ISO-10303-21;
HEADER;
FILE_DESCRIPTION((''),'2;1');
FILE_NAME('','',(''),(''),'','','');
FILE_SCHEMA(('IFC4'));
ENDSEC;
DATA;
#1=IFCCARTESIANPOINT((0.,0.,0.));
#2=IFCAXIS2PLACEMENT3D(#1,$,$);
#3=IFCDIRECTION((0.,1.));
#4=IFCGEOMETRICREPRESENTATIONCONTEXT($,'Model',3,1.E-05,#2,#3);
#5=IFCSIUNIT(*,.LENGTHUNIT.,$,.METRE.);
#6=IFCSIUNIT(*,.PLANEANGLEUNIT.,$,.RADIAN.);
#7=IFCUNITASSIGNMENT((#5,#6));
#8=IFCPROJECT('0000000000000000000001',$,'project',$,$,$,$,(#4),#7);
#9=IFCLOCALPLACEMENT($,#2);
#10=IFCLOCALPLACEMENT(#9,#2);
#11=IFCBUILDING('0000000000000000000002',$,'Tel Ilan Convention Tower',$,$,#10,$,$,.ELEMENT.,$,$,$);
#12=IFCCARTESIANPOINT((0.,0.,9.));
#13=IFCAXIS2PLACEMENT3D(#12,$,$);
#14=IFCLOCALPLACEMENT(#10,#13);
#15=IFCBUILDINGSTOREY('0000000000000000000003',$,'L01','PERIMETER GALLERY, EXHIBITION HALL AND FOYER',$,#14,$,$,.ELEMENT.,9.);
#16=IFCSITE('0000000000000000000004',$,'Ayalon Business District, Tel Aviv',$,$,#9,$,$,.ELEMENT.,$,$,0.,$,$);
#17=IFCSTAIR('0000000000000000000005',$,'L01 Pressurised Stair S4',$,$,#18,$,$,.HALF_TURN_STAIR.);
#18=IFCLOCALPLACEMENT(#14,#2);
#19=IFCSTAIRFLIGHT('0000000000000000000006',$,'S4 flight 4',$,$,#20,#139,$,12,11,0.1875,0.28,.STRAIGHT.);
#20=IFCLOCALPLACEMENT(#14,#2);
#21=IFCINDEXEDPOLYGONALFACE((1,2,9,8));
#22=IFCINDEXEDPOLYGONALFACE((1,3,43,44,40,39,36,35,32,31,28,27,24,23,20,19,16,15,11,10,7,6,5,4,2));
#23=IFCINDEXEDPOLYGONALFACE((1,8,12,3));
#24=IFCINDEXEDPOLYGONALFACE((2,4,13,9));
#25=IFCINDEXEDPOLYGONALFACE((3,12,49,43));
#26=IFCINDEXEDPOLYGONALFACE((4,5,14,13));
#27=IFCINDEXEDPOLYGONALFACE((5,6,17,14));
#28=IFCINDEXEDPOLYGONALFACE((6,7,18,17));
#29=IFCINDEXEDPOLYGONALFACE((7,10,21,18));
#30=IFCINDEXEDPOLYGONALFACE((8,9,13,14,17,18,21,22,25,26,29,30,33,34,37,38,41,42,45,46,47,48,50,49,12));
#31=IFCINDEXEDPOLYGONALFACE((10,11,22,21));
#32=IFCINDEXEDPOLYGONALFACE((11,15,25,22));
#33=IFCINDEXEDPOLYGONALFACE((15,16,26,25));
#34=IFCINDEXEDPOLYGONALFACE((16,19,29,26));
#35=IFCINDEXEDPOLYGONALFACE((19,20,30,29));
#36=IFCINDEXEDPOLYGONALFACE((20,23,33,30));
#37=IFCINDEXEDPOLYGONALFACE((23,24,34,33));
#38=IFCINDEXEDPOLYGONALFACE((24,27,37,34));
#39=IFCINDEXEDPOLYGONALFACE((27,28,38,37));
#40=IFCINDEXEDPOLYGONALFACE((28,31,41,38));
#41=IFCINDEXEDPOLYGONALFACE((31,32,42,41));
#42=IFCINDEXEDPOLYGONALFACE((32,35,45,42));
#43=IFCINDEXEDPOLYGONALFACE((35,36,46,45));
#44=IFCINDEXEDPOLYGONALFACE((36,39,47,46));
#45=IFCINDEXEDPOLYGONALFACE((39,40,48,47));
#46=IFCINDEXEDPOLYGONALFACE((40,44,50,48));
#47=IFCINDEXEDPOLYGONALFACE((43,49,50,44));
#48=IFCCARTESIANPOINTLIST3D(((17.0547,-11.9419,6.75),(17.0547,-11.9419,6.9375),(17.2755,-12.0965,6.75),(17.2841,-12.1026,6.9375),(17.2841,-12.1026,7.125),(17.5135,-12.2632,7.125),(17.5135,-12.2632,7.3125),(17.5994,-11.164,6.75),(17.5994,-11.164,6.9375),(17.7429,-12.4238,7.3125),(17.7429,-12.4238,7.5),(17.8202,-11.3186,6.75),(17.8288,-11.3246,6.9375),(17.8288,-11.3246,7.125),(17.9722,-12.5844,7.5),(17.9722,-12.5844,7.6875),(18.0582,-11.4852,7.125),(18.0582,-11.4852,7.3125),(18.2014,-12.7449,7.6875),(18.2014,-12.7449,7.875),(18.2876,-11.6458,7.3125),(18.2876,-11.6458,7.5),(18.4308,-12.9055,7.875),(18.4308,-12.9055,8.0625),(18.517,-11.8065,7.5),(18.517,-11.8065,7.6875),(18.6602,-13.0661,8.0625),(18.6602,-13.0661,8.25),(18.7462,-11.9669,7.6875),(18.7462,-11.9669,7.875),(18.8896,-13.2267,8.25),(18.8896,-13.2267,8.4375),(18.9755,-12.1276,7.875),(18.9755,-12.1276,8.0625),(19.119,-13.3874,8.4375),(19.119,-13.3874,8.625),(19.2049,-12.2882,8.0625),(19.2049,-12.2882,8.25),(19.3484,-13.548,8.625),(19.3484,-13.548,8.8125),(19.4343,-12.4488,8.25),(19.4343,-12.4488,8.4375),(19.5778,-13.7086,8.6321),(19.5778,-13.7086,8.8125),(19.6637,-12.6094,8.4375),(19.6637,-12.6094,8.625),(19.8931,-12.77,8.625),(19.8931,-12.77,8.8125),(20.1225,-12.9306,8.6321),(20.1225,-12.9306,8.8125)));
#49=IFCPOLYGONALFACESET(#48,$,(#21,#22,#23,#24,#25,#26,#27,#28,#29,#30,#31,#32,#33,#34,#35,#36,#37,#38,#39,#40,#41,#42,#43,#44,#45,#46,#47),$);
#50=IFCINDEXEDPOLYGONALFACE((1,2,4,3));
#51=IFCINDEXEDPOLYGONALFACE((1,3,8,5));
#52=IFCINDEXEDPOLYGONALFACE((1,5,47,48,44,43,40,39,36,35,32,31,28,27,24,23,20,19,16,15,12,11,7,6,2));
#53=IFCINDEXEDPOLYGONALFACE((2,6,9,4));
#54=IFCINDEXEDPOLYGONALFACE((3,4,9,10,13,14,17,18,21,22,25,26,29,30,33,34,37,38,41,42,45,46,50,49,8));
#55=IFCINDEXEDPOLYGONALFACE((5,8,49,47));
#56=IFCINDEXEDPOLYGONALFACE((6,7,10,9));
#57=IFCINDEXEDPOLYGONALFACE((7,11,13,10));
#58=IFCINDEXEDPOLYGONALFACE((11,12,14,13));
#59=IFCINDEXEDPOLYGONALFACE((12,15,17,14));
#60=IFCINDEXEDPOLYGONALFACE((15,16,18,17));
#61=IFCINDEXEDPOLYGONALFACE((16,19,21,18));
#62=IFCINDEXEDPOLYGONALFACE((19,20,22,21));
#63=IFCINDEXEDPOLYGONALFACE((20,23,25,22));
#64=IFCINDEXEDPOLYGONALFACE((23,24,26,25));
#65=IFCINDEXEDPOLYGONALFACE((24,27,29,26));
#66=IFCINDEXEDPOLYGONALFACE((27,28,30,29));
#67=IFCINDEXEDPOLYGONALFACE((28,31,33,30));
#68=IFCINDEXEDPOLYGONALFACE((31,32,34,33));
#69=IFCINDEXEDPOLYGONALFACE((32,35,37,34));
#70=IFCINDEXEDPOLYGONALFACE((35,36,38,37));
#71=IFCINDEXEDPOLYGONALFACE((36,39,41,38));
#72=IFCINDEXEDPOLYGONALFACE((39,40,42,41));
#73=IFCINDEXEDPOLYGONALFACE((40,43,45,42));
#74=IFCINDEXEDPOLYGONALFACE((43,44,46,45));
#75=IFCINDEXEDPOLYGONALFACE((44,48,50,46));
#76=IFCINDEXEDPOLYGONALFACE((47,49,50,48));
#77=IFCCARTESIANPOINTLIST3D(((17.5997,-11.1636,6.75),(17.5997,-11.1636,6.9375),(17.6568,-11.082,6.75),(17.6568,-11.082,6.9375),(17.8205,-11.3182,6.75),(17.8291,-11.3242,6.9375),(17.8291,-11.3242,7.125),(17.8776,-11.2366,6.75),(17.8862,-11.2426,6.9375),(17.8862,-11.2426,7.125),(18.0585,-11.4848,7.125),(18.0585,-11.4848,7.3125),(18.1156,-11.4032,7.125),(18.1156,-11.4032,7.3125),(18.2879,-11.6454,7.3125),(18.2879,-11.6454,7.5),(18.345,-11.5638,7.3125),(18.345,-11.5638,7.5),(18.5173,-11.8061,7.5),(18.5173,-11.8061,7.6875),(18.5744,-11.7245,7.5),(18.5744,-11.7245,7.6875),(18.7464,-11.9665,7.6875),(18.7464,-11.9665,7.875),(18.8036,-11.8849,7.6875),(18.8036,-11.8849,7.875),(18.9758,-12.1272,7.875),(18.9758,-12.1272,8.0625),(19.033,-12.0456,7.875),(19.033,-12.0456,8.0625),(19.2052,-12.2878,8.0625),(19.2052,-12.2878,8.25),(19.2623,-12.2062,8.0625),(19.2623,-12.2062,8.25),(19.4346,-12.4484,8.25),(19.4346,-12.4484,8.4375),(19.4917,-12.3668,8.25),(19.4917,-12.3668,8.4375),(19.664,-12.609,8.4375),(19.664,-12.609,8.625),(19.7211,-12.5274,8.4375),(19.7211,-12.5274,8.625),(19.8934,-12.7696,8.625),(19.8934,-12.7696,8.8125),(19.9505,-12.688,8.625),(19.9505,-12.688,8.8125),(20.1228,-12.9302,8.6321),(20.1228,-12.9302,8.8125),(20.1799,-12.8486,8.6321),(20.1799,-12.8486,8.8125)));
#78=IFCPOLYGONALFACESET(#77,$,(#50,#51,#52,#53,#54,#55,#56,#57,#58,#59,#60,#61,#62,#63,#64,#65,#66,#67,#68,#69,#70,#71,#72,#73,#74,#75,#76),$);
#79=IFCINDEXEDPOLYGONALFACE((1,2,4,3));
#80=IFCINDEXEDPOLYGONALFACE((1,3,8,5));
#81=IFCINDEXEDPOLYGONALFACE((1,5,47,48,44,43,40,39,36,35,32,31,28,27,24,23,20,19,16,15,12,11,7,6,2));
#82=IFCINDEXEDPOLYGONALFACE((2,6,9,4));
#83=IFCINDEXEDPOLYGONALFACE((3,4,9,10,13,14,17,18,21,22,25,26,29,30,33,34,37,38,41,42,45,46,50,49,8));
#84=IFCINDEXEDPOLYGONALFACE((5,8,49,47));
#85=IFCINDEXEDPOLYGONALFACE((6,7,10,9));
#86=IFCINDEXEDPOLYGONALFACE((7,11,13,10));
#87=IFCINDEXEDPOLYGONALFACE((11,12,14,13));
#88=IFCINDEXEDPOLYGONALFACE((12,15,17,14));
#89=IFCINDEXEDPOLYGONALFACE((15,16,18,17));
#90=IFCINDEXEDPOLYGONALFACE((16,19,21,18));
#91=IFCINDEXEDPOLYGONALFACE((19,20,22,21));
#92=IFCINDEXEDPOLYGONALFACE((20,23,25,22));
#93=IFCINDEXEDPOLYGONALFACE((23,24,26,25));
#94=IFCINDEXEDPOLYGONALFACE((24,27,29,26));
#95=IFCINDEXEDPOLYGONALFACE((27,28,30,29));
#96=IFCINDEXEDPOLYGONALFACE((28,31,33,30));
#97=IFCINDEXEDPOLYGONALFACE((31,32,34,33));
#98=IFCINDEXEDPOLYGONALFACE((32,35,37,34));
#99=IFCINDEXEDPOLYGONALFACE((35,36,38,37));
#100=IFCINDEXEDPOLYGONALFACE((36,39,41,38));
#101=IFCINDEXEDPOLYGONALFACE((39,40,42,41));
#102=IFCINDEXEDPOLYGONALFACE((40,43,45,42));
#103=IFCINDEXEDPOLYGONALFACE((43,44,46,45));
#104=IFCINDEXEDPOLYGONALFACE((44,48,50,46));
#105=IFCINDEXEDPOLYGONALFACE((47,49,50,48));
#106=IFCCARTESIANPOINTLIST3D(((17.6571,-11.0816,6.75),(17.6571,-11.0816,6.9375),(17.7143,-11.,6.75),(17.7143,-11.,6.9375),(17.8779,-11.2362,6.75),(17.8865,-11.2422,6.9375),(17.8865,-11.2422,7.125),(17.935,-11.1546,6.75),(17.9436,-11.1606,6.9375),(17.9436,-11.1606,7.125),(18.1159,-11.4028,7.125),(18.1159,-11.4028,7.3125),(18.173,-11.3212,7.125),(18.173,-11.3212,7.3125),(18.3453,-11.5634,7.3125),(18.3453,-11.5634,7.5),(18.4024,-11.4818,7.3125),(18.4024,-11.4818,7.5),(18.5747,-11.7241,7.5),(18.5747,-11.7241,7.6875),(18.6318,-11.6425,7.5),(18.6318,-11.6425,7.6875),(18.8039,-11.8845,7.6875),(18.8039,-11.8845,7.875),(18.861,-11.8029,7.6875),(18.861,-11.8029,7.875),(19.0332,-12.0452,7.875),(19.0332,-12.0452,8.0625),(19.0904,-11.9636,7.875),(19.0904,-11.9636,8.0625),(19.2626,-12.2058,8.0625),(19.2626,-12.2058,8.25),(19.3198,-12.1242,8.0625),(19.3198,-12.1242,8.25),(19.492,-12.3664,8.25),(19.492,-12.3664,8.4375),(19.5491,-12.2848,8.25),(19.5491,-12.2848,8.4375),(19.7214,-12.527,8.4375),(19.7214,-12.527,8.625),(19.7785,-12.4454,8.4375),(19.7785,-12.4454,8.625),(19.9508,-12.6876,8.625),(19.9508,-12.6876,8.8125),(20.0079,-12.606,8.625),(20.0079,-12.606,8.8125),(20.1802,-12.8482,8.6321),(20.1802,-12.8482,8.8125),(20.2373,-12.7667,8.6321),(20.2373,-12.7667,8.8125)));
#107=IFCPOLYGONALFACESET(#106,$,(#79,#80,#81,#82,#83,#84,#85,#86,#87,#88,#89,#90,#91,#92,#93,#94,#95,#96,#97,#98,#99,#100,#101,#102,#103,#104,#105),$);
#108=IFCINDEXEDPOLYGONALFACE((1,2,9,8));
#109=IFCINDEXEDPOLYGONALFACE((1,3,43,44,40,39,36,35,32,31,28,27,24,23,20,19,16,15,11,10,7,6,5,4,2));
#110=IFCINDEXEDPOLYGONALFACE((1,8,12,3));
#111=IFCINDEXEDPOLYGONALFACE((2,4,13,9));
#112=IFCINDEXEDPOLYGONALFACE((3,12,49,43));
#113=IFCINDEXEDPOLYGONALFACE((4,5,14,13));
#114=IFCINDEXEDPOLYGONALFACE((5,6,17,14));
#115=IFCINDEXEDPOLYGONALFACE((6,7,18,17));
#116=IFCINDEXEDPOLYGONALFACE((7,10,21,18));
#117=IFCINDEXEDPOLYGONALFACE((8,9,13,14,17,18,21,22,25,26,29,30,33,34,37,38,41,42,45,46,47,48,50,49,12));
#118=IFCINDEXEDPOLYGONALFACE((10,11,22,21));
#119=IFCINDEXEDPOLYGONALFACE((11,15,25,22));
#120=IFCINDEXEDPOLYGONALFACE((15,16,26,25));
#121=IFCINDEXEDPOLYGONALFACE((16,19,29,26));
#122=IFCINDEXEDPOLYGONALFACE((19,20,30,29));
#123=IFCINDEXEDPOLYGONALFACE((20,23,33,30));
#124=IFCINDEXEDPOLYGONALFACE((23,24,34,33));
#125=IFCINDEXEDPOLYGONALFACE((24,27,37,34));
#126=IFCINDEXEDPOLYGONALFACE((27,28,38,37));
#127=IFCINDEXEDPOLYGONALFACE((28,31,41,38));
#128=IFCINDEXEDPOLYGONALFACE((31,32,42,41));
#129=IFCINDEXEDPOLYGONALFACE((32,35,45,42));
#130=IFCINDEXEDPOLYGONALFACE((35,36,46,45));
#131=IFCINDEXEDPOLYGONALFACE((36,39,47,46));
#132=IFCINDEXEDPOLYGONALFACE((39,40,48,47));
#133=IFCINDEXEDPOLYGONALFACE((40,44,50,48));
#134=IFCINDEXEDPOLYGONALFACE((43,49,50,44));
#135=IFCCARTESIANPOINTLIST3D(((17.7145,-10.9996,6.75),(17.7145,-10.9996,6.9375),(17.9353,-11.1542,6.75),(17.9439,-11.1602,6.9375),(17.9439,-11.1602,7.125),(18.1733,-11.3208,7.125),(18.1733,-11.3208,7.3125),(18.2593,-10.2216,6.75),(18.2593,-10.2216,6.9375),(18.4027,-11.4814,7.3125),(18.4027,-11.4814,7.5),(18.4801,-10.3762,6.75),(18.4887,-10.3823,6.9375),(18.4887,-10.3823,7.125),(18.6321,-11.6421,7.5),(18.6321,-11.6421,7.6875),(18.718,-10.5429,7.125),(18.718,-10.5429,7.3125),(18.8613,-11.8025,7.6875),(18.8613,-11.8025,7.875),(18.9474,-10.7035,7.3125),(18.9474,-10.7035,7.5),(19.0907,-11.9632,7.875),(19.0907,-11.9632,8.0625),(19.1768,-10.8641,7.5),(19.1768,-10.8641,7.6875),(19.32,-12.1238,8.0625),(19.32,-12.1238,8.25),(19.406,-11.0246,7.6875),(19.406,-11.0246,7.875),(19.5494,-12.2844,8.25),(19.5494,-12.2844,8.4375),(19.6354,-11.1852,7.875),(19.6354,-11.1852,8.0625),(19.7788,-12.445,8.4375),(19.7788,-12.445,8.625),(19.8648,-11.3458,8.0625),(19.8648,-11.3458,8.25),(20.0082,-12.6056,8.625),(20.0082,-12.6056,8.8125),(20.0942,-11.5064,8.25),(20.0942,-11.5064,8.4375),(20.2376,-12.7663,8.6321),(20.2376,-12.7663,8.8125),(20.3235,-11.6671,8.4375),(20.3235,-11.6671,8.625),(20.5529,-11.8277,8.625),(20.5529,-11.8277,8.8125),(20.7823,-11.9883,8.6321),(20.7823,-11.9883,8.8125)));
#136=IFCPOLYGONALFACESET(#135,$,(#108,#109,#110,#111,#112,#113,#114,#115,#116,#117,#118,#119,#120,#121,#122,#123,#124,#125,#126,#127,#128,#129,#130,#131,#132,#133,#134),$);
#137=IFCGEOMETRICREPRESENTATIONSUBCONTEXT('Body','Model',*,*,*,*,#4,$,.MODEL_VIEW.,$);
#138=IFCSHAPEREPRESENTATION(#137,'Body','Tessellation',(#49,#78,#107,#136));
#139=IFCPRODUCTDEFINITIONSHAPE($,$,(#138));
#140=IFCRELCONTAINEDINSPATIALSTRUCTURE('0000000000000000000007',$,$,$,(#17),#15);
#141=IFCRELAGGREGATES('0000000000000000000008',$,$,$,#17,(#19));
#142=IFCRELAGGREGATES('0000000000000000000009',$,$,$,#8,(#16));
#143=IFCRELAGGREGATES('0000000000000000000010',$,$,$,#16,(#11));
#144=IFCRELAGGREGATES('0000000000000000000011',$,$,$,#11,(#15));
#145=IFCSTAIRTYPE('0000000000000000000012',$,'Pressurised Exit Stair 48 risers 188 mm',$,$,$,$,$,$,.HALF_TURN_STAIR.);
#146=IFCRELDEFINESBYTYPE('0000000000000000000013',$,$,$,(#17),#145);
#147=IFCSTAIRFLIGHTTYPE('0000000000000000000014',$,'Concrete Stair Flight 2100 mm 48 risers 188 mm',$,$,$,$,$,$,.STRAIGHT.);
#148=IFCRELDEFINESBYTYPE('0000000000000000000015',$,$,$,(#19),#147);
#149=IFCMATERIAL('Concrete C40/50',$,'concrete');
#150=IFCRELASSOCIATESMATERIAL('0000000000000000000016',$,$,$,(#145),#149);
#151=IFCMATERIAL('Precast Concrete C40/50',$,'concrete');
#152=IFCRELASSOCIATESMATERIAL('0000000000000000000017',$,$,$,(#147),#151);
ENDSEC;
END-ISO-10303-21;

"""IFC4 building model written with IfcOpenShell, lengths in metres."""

from ifc_helpers import new_model, si_unit, direction, frame, origin, place, context, subcontext, project, spatial, polyline, outline, extrude, material, type_object, element, aggregate, save


model = new_model("IFC4")

# Units and contexts
model_context = context("Model", 3, precision=1e-05, world=origin(), true_north=direction((0.0, 1.0)))
body_context = subcontext(model_context, "Body", "Model", "MODEL_VIEW")
ifc_project = project(units=[si_unit("LENGTHUNIT", "METRE"), si_unit("PLANEANGLEUNIT", "RADIAN")], contexts=[model_context])

# Site, building, storey
site_placement = place(None, origin())
site = spatial("IfcSite", under=ifc_project, at=site_placement, Name="Ayalon Business District, Tel Aviv", CompositionType="ELEMENT", RefElevation=0.0)
building_placement = place(site_placement, origin())
building = spatial("IfcBuilding", under=site, at=building_placement, Name="Tel Ilan Convention Tower", CompositionType="ELEMENT")
storey_placement = place(building_placement, frame((0.0, 0.0, 9.0)))
storey = spatial("IfcBuildingStorey", under=building, at=storey_placement, Name="L01", Description="PERIMETER GALLERY, EXHIBITION HALL AND FOYER", CompositionType="ELEMENT", Elevation=9.0)

# Stair, stair flight
ifc_material_1 = material(Name="Concrete C40/50", Category="concrete")
stair_type = type_object("IfcStairType", Name="Pressurised Exit Stair 48 risers 188 mm", PredefinedType="HALF_TURN_STAIR", material=ifc_material_1)
stair_placement = place(storey_placement, origin())
stair = element("IfcStair", 1, at=stair_placement, inside=storey, type_object=stair_type, Name="L01 Pressurised Stair S4", PredefinedType="HALF_TURN_STAIR")
ifc_material_2 = material(Name="Precast Concrete C40/50", Category="concrete")
stair_flight_type = type_object("IfcStairFlightType", Name="Concrete Stair Flight 2100 mm 48 risers 188 mm", PredefinedType="STRAIGHT", material=ifc_material_2)
stair_flight_1_placement = place(storey_placement, frame((17.657, -11.0818, 6.75), z_axis=(0.0, 0.0, 1.0), x_axis=(0.819152, -0.573576, 0.0)))
stair_flight_1 = element("IfcStairFlight", 2, at=stair_flight_1_placement, type_object=stair_flight_type, Name="S4 flight 4", NumberOfRisers=12, NumberOfTreads=11, PredefinedType="STRAIGHT", RiserHeight=0.1875, TreadLength=0.28, context=body_context, shape_type="SweptSolid", body=[
    extrude(outline(polyline([(0.0, 0.0), (0.0, 0.1875), (0.28, 0.1875), (0.28, 0.375), (0.5601, 0.375), (0.5601, 0.5625), (0.8401, 0.5625), (0.8401, 0.75), (1.1201, 0.75), (1.1201, 0.9375), (1.3999, 0.9375), (1.3999, 1.125), (1.6799, 1.125), (1.6799, 1.3125), (1.96, 1.3125), (1.96, 1.5), (2.24, 1.5), (2.24, 1.6875), (2.52, 1.6875), (2.52, 1.875), (2.8, 1.875), (2.8, 2.0625), (3.0801, 2.0625), (3.0801, 2.25), (3.0801, 1.8821), (0.2695, 0.0), (0.0, 0.0)])), frame((0.0, -0.1003, 0.0), z_axis=(0.0, -1.0, 0.0), x_axis=(1.0, 0.0, 0.0)), (0.0, 0.0, 1.0), 0.9497),
    extrude(outline(polyline([(0.0, 0.0), (0.0, 0.1875), (0.28, 0.1875), (0.28, 0.375), (0.5601, 0.375), (0.5601, 0.5625), (0.8401, 0.5625), (0.8401, 0.75), (1.1201, 0.75), (1.1201, 0.9375), (1.3999, 0.9375), (1.3999, 1.125), (1.6799, 1.125), (1.6799, 1.3125), (1.96, 1.3125), (1.96, 1.5), (2.24, 1.5), (2.24, 1.6875), (2.52, 1.6875), (2.52, 1.875), (2.8, 1.875), (2.8, 2.0625), (3.0801, 2.0625), (3.0801, 2.25), (3.0801, 1.8821), (0.2695, 0.0), (0.0, 0.0)])), frame((0.0, -0.0002, 0.0), z_axis=(0.0, -1.0, 0.0), x_axis=(1.0, 0.0, 0.0)), (0.0, 0.0, 1.0), 0.0996),
    extrude(outline(polyline([(0.0, 0.0), (0.0, 0.1875), (0.28, 0.1875), (0.28, 0.375), (0.5601, 0.375), (0.5601, 0.5625), (0.8401, 0.5625), (0.8401, 0.75), (1.1201, 0.75), (1.1201, 0.9375), (1.3999, 0.9375), (1.3999, 1.125), (1.6799, 1.125), (1.6799, 1.3125), (1.96, 1.3125), (1.96, 1.5), (2.24, 1.5), (2.24, 1.6875), (2.52, 1.6875), (2.52, 1.875), (2.8, 1.875), (2.8, 2.0625), (3.0801, 2.0625), (3.0801, 2.25), (3.0801, 1.8821), (0.2695, 0.0), (0.0, 0.0)])), frame((0.0, 0.0999, 0.0), z_axis=(0.0, -1.0, 0.0), x_axis=(1.0, 0.0, 0.0)), (0.0, 0.0, 1.0), 0.0996),
    extrude(outline(polyline([(0.0, 0.0), (0.0, 0.1875), (0.28, 0.1875), (0.28, 0.375), (0.5601, 0.375), (0.5601, 0.5625), (0.8401, 0.5625), (0.8401, 0.75), (1.1201, 0.75), (1.1201, 0.9375), (1.3999, 0.9375), (1.3999, 1.125), (1.6799, 1.125), (1.6799, 1.3125), (1.96, 1.3125), (1.96, 1.5), (2.24, 1.5), (2.24, 1.6875), (2.52, 1.6875), (2.52, 1.875), (2.8, 1.875), (2.8, 2.0625), (3.0801, 2.0625), (3.0801, 2.25), (3.0801, 1.8821), (0.2695, 0.0), (0.0, 0.0)])), frame((0.0, 1.05, 0.0), z_axis=(0.0, -1.0, 0.0), x_axis=(1.0, 0.0, 0.0)), (0.0, 0.0, 1.0), 0.9497),
])
aggregate(stair, [stair_flight_1])

save(model, "model.ifc")
